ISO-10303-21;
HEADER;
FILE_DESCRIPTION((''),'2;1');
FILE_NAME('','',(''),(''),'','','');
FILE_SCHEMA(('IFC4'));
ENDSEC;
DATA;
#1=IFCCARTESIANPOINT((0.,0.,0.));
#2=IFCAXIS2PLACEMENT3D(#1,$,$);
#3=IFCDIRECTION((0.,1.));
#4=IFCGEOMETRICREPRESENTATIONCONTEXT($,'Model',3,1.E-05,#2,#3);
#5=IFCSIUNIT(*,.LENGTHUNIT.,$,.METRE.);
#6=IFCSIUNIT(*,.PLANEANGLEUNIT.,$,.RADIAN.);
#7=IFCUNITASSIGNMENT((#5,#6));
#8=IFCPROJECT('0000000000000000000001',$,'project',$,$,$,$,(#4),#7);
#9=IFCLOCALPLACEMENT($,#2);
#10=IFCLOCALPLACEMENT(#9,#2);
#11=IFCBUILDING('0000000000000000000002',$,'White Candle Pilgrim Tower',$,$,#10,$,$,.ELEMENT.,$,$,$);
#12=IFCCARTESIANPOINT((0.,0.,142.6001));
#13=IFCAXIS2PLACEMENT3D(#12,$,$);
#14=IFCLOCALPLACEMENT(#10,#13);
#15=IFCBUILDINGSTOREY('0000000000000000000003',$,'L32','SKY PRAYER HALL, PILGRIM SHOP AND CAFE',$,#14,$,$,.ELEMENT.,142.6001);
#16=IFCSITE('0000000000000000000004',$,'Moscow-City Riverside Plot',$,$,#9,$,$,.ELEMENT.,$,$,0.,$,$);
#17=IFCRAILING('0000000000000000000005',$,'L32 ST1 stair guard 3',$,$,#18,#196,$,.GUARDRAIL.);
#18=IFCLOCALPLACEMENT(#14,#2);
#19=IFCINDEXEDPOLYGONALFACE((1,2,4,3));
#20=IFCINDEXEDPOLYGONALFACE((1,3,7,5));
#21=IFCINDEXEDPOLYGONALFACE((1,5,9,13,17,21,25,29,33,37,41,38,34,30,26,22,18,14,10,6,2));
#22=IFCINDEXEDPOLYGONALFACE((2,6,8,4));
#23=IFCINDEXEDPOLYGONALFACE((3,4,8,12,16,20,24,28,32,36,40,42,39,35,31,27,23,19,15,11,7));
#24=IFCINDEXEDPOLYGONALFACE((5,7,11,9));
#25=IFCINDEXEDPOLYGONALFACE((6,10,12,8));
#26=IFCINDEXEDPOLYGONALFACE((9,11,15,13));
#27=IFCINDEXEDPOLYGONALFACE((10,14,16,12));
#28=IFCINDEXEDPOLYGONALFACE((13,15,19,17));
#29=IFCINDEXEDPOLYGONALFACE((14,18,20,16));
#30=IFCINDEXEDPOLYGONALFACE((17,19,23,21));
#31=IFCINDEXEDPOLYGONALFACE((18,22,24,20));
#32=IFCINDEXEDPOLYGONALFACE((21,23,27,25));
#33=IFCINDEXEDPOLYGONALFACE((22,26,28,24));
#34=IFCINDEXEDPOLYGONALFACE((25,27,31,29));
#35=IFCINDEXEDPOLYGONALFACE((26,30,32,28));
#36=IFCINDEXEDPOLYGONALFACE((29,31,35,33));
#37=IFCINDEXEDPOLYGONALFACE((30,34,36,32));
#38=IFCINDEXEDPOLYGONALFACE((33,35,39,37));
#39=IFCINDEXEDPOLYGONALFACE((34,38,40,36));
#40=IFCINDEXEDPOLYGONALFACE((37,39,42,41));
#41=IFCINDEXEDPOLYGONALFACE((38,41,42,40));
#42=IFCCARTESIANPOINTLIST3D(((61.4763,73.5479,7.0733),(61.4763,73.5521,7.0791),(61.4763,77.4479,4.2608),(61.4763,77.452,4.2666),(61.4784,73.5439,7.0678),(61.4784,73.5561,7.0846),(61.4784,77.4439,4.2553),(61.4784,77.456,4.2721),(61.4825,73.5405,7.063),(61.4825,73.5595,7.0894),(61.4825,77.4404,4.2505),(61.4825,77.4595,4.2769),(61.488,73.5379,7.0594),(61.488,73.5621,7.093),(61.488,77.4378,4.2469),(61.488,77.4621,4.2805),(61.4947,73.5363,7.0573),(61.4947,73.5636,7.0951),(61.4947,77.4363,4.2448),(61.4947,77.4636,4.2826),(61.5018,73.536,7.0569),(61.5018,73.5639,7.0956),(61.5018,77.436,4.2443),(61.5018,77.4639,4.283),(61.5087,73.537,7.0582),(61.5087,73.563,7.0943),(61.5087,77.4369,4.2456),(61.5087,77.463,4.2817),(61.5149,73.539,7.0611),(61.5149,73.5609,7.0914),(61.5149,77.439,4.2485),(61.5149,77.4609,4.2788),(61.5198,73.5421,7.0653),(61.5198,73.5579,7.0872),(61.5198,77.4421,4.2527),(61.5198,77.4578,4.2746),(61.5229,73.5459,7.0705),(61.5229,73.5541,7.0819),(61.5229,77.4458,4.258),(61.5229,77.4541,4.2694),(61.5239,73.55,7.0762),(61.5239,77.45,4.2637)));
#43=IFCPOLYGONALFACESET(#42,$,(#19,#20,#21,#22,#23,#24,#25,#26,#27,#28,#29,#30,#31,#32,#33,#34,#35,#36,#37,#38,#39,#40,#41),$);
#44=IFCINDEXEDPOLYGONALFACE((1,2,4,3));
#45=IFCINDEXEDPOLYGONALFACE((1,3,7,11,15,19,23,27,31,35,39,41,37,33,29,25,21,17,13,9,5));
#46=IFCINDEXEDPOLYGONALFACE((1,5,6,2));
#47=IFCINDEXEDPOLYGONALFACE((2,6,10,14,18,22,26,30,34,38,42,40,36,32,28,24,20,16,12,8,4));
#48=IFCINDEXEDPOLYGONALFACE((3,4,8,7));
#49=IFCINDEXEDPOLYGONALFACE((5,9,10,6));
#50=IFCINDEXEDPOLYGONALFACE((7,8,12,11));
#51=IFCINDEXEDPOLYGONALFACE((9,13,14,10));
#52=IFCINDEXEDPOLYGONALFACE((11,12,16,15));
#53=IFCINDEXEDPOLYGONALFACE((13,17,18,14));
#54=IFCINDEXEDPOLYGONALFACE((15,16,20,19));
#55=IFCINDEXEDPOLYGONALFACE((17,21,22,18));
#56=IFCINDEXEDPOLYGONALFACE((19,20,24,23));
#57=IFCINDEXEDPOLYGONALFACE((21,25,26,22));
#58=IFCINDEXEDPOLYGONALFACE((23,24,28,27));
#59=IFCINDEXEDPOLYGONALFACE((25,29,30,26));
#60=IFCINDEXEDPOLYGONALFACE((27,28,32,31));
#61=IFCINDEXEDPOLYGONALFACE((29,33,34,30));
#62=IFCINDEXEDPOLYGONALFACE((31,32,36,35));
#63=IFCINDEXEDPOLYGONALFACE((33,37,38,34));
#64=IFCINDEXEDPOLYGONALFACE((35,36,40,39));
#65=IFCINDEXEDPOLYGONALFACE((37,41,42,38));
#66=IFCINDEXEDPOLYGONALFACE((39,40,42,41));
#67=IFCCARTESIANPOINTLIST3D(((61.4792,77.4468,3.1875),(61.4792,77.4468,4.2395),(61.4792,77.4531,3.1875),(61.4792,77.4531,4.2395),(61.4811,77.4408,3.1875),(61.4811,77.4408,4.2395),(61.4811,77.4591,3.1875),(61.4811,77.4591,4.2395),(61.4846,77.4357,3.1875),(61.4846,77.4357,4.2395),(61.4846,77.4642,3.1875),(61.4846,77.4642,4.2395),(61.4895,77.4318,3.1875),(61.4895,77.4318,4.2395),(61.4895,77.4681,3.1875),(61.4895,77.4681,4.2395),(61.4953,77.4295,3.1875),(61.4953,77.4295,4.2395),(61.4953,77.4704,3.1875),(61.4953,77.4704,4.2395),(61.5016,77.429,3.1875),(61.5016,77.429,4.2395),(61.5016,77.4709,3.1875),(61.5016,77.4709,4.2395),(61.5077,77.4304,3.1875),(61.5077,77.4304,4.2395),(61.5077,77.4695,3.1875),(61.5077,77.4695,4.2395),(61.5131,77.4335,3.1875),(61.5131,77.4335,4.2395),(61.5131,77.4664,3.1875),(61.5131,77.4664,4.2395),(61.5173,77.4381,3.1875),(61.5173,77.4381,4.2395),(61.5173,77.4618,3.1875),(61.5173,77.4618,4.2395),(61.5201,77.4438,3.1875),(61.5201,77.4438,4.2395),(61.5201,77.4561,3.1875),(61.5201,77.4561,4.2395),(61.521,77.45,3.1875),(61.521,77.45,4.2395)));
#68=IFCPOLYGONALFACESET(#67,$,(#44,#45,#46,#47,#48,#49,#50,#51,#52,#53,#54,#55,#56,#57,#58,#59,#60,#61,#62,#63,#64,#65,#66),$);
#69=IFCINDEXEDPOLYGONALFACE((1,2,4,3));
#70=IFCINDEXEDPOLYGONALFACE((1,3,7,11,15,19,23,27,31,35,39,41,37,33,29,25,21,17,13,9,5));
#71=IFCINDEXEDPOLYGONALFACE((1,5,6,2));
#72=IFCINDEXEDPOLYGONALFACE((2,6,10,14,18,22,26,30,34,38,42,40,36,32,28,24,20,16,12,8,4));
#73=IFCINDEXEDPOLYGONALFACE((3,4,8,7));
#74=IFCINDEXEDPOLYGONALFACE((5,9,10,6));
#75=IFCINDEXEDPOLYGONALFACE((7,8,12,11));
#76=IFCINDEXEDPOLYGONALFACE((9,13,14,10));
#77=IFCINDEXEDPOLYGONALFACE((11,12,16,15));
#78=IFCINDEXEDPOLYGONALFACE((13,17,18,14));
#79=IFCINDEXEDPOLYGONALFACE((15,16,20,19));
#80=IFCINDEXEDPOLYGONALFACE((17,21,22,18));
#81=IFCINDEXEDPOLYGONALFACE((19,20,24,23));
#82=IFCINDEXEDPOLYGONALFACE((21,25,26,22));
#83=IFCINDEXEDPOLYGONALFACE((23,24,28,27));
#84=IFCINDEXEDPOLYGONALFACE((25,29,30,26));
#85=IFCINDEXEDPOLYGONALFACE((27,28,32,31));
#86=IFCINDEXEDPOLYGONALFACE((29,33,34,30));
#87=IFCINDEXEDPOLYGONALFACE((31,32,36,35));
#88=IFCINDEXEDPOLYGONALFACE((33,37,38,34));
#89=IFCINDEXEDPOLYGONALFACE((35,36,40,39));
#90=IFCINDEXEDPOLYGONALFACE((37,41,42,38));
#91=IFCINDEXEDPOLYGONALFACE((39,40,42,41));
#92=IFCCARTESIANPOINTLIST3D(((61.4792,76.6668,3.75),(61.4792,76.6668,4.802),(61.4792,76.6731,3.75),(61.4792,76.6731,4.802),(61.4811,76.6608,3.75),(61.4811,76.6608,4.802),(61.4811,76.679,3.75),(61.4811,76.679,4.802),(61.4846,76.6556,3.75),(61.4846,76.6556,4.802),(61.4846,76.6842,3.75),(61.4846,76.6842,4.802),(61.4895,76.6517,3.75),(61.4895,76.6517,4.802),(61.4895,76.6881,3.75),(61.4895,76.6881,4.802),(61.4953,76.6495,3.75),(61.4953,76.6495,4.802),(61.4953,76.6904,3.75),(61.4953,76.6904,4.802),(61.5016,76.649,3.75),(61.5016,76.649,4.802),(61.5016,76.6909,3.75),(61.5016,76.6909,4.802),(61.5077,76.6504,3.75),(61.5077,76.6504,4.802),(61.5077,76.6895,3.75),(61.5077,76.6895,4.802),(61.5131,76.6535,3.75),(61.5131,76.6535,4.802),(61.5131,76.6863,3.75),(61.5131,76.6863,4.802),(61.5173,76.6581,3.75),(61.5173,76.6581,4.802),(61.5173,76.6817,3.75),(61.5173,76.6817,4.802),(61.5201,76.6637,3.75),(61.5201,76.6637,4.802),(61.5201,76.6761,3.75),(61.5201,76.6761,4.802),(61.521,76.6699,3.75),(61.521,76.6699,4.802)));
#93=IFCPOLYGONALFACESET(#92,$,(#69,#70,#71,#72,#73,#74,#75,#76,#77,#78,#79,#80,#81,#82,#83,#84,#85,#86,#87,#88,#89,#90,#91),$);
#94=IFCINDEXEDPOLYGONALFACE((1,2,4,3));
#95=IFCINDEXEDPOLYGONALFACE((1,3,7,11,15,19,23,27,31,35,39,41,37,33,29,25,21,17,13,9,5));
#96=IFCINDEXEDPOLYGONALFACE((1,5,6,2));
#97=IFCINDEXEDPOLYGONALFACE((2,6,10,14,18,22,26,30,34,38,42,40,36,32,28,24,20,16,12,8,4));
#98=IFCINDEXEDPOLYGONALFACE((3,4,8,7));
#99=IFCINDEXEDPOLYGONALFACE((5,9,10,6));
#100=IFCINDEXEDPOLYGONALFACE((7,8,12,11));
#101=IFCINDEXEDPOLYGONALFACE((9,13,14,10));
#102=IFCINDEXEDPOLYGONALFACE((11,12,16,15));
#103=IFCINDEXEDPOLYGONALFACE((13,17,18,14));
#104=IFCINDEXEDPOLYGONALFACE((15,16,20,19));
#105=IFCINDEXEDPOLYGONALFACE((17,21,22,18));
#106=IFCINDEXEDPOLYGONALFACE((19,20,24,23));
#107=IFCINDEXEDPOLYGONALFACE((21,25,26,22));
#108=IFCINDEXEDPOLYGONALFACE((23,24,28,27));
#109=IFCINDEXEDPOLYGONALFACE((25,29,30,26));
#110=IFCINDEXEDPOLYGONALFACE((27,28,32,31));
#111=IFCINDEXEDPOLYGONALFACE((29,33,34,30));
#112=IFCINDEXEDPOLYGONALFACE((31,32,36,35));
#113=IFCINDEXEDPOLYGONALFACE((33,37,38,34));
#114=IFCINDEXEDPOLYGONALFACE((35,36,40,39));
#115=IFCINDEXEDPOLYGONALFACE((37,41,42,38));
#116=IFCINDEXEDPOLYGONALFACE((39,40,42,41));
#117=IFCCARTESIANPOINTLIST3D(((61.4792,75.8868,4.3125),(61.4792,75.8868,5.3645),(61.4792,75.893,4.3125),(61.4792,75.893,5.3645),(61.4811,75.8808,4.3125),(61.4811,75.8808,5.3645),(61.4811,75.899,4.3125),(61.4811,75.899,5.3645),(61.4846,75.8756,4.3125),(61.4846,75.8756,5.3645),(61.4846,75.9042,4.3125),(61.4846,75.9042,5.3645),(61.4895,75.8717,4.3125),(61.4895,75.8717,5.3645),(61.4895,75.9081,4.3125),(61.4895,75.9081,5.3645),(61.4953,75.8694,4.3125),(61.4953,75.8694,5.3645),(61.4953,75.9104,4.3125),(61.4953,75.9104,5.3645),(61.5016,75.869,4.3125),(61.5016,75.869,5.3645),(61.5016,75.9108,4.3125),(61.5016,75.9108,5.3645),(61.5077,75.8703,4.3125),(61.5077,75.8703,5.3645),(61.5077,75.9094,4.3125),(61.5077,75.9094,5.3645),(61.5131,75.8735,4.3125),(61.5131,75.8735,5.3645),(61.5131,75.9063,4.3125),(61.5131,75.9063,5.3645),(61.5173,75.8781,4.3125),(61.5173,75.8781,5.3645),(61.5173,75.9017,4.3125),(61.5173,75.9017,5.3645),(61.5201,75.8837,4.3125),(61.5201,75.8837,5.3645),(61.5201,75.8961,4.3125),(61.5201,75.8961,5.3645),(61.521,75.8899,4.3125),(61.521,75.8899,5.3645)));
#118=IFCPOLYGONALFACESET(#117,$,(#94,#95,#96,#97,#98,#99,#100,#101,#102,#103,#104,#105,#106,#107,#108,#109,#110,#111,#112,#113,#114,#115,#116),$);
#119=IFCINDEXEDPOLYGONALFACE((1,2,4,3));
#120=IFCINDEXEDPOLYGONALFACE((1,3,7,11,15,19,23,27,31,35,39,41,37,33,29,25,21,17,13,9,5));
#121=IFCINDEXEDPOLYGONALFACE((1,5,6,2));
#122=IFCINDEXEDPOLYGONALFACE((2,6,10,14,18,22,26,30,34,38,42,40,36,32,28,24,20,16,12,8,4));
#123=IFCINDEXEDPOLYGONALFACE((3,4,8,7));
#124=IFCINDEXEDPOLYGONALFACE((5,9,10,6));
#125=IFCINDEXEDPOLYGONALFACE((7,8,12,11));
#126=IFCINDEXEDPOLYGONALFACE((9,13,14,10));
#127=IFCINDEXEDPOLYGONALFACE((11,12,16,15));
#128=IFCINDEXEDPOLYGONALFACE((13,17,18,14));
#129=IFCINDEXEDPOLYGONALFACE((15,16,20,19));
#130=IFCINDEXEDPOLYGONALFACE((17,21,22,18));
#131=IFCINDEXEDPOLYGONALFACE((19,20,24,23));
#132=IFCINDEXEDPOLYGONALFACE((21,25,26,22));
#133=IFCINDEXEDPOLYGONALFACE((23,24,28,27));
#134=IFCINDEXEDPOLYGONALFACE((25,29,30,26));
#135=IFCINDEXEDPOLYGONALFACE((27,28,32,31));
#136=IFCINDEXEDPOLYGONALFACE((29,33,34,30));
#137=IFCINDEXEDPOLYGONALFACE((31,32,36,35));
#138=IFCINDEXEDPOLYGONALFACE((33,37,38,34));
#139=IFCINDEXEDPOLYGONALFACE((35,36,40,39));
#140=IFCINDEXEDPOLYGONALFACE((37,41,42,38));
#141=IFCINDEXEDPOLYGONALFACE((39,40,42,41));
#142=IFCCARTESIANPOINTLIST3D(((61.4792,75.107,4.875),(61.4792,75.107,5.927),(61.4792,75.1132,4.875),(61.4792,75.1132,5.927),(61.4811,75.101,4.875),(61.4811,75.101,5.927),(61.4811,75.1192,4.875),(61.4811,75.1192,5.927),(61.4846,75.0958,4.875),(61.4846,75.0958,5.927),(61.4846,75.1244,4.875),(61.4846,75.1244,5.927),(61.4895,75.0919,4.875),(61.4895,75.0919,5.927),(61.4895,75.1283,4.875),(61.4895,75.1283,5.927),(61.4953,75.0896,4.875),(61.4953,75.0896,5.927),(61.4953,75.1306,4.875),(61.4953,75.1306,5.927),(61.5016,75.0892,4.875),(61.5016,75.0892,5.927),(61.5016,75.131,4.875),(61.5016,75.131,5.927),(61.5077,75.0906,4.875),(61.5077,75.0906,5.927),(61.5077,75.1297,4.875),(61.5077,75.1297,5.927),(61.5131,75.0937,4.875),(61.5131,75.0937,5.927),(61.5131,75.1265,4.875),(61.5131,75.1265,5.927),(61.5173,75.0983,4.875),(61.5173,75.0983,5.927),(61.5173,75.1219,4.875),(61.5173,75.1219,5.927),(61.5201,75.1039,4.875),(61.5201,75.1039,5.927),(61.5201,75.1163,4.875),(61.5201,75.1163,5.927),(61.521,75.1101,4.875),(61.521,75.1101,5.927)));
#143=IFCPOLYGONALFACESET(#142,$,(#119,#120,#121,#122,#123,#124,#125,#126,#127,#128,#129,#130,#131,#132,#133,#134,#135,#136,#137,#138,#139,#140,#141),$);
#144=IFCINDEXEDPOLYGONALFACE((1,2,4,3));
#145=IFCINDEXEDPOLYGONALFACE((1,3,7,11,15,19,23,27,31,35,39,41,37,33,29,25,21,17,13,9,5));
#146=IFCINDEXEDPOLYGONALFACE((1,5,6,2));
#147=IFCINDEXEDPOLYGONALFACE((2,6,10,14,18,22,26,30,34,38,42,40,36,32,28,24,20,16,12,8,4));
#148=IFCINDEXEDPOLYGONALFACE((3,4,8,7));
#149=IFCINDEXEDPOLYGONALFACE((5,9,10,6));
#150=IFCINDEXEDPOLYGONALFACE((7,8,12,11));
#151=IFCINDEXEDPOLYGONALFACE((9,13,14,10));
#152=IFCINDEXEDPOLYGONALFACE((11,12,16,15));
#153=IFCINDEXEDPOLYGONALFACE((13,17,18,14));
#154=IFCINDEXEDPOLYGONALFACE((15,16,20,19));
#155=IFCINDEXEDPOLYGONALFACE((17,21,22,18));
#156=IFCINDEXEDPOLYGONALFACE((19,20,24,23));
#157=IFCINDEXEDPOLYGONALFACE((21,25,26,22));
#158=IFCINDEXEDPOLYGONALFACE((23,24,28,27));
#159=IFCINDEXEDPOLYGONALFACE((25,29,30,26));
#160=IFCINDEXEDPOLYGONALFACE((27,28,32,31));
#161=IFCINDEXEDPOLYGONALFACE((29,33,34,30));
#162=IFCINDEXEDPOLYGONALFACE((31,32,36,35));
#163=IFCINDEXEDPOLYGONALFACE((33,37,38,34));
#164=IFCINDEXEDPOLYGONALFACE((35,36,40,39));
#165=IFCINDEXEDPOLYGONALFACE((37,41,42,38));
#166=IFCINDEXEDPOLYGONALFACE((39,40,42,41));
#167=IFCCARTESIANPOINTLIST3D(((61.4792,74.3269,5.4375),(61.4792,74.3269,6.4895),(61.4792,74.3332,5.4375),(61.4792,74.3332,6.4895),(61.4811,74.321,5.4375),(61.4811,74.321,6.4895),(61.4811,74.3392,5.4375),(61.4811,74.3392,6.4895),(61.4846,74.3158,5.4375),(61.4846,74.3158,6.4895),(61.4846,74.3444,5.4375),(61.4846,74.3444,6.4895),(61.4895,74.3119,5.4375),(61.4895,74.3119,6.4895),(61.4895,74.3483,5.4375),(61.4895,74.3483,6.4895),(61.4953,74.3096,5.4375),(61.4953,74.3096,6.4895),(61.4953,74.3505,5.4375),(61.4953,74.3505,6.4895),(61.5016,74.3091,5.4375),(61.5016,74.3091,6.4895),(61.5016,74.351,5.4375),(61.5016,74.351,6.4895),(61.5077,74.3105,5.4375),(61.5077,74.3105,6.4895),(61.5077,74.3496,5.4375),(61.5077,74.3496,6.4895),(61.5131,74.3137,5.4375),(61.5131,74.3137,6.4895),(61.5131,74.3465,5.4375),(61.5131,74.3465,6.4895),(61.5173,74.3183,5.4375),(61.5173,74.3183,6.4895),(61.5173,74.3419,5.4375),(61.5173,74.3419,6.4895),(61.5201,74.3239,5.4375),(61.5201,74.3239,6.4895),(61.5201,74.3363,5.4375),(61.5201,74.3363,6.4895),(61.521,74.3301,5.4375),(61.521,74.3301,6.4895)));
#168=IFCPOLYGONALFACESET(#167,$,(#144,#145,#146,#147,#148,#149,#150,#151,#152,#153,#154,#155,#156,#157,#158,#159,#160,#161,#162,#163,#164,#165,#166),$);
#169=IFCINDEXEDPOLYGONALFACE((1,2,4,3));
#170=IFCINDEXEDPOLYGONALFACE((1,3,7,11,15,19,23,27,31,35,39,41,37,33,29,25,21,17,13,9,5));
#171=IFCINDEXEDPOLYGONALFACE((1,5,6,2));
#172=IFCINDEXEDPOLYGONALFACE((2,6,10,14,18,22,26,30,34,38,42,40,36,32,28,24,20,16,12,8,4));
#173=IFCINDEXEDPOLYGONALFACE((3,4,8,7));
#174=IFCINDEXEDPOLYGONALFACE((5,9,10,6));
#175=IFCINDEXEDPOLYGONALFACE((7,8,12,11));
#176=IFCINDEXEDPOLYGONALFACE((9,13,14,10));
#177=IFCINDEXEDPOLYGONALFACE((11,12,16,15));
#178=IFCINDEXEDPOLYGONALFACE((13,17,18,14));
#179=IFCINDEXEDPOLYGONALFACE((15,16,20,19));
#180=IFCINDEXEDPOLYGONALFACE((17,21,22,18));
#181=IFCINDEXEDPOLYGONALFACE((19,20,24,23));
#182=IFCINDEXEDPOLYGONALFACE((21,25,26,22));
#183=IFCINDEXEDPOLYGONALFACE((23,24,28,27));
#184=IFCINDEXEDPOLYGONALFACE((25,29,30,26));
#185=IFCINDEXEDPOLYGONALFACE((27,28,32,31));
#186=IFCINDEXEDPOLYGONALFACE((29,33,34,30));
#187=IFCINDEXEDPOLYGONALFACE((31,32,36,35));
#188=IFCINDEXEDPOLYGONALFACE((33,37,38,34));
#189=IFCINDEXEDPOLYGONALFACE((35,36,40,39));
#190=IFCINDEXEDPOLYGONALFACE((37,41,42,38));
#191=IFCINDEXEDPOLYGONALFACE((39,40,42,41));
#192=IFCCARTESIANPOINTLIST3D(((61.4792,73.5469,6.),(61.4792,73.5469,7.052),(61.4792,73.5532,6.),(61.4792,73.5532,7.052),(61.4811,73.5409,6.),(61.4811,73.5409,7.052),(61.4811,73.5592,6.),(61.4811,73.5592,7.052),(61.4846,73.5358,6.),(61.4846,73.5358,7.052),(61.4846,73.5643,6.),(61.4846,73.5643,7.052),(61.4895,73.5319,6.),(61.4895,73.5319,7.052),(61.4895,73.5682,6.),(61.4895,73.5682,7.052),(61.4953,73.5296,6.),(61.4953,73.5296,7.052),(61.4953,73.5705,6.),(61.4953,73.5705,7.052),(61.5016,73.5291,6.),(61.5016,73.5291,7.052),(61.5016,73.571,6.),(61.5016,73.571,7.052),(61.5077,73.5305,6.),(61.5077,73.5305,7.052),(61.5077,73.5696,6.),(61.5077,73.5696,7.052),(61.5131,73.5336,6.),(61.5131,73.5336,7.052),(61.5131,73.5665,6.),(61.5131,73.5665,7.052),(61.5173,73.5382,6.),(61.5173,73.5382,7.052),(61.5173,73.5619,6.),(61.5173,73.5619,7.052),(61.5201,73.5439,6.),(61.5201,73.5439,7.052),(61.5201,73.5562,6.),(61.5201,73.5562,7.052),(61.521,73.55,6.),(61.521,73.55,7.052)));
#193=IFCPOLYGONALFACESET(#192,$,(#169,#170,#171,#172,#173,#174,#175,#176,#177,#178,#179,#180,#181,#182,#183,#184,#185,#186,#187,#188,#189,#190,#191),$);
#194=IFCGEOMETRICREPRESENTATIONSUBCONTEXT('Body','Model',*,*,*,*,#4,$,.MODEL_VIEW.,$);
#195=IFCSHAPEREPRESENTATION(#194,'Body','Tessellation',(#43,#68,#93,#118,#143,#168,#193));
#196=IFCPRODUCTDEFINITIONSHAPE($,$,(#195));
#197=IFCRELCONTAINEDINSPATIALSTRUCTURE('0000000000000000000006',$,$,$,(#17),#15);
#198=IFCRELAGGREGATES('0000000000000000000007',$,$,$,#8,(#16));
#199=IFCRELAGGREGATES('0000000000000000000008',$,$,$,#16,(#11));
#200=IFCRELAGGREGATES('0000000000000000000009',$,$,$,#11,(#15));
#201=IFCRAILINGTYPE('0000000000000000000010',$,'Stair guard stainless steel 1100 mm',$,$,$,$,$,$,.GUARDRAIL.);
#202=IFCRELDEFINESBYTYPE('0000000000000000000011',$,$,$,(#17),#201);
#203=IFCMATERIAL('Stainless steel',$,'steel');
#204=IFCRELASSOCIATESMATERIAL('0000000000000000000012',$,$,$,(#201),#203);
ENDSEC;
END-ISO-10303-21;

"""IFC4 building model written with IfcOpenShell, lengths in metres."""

from ifc_helpers import new_model, si_unit, direction, frame, origin, origin_2d, place, context, subcontext, project, spatial, circle, extrude, material, type_object, element, save


model = new_model("IFC4")

# Units and contexts
model_context = context("Model", 3, precision=1e-05, world=origin(), true_north=direction((0.0, 1.0)))
body_context = subcontext(model_context, "Body", "Model", "MODEL_VIEW")
ifc_project = project(units=[si_unit("LENGTHUNIT", "METRE"), si_unit("PLANEANGLEUNIT", "RADIAN")], contexts=[model_context])

# Site, building, storey
site_placement = place(None, origin())
site = spatial("IfcSite", under=ifc_project, at=site_placement, Name="Moscow-City Riverside Plot", CompositionType="ELEMENT", RefElevation=0.0)
building_placement = place(site_placement, origin())
building = spatial("IfcBuilding", under=site, at=building_placement, Name="White Candle Pilgrim Tower", CompositionType="ELEMENT")
storey_placement = place(building_placement, frame((0.0, 0.0, 142.6001)))
storey = spatial("IfcBuildingStorey", under=building, at=storey_placement, Name="L32", Description="SKY PRAYER HALL, PILGRIM SHOP AND CAFE", CompositionType="ELEMENT", Elevation=142.6001)

# Shared definitions
ifc_material_1 = material(Name="Stainless steel", Category="steel")

# Railing
railing_type_1 = type_object("IfcRailingType", Name="Stair guard stainless steel 1100 mm", PredefinedType="GUARDRAIL", material=ifc_material_1)
railing_1_placement = place(storey_placement, frame((61.5, 77.45, 3.1875)))
element("IfcRailing", 1, at=railing_1_placement, inside=storey, type_object=railing_type_1, Name="L32 ST1 stair guard 3", PredefinedType="GUARDRAIL", context=body_context, shape_type="SweptSolid", body=[
    extrude(circle(Radius=0.0239, at=origin_2d()), frame((0.0, 0.0, 1.0762), z_axis=(0.0, -0.811083, 0.584931), x_axis=(1.0, 0.0, 0.0)), (0.0, 0.0, 1.0), 4.8083),
    extrude(circle(Radius=0.021, at=origin_2d()), origin(), (0.0, 0.0, 1.0), 1.052),
    extrude(circle(Radius=0.021, at=origin_2d()), frame((0.0, -0.78, 0.5625)), (0.0, 0.0, 1.0), 1.052),
    extrude(circle(Radius=0.021, at=origin_2d()), frame((0.0, -1.5601, 1.125)), (0.0, 0.0, 1.0), 1.052),
    extrude(circle(Radius=0.021, at=origin_2d()), frame((0.0, -2.3398, 1.6875)), (0.0, 0.0, 1.0), 1.052),
    extrude(circle(Radius=0.021, at=origin_2d()), frame((0.0, -3.1199, 2.25)), (0.0, 0.0, 1.0), 1.052),
    extrude(circle(Radius=0.021, at=origin_2d()), frame((0.0, -3.8999, 2.8125)), (0.0, 0.0, 1.0), 1.052),
])

save(model, "model.ifc")
